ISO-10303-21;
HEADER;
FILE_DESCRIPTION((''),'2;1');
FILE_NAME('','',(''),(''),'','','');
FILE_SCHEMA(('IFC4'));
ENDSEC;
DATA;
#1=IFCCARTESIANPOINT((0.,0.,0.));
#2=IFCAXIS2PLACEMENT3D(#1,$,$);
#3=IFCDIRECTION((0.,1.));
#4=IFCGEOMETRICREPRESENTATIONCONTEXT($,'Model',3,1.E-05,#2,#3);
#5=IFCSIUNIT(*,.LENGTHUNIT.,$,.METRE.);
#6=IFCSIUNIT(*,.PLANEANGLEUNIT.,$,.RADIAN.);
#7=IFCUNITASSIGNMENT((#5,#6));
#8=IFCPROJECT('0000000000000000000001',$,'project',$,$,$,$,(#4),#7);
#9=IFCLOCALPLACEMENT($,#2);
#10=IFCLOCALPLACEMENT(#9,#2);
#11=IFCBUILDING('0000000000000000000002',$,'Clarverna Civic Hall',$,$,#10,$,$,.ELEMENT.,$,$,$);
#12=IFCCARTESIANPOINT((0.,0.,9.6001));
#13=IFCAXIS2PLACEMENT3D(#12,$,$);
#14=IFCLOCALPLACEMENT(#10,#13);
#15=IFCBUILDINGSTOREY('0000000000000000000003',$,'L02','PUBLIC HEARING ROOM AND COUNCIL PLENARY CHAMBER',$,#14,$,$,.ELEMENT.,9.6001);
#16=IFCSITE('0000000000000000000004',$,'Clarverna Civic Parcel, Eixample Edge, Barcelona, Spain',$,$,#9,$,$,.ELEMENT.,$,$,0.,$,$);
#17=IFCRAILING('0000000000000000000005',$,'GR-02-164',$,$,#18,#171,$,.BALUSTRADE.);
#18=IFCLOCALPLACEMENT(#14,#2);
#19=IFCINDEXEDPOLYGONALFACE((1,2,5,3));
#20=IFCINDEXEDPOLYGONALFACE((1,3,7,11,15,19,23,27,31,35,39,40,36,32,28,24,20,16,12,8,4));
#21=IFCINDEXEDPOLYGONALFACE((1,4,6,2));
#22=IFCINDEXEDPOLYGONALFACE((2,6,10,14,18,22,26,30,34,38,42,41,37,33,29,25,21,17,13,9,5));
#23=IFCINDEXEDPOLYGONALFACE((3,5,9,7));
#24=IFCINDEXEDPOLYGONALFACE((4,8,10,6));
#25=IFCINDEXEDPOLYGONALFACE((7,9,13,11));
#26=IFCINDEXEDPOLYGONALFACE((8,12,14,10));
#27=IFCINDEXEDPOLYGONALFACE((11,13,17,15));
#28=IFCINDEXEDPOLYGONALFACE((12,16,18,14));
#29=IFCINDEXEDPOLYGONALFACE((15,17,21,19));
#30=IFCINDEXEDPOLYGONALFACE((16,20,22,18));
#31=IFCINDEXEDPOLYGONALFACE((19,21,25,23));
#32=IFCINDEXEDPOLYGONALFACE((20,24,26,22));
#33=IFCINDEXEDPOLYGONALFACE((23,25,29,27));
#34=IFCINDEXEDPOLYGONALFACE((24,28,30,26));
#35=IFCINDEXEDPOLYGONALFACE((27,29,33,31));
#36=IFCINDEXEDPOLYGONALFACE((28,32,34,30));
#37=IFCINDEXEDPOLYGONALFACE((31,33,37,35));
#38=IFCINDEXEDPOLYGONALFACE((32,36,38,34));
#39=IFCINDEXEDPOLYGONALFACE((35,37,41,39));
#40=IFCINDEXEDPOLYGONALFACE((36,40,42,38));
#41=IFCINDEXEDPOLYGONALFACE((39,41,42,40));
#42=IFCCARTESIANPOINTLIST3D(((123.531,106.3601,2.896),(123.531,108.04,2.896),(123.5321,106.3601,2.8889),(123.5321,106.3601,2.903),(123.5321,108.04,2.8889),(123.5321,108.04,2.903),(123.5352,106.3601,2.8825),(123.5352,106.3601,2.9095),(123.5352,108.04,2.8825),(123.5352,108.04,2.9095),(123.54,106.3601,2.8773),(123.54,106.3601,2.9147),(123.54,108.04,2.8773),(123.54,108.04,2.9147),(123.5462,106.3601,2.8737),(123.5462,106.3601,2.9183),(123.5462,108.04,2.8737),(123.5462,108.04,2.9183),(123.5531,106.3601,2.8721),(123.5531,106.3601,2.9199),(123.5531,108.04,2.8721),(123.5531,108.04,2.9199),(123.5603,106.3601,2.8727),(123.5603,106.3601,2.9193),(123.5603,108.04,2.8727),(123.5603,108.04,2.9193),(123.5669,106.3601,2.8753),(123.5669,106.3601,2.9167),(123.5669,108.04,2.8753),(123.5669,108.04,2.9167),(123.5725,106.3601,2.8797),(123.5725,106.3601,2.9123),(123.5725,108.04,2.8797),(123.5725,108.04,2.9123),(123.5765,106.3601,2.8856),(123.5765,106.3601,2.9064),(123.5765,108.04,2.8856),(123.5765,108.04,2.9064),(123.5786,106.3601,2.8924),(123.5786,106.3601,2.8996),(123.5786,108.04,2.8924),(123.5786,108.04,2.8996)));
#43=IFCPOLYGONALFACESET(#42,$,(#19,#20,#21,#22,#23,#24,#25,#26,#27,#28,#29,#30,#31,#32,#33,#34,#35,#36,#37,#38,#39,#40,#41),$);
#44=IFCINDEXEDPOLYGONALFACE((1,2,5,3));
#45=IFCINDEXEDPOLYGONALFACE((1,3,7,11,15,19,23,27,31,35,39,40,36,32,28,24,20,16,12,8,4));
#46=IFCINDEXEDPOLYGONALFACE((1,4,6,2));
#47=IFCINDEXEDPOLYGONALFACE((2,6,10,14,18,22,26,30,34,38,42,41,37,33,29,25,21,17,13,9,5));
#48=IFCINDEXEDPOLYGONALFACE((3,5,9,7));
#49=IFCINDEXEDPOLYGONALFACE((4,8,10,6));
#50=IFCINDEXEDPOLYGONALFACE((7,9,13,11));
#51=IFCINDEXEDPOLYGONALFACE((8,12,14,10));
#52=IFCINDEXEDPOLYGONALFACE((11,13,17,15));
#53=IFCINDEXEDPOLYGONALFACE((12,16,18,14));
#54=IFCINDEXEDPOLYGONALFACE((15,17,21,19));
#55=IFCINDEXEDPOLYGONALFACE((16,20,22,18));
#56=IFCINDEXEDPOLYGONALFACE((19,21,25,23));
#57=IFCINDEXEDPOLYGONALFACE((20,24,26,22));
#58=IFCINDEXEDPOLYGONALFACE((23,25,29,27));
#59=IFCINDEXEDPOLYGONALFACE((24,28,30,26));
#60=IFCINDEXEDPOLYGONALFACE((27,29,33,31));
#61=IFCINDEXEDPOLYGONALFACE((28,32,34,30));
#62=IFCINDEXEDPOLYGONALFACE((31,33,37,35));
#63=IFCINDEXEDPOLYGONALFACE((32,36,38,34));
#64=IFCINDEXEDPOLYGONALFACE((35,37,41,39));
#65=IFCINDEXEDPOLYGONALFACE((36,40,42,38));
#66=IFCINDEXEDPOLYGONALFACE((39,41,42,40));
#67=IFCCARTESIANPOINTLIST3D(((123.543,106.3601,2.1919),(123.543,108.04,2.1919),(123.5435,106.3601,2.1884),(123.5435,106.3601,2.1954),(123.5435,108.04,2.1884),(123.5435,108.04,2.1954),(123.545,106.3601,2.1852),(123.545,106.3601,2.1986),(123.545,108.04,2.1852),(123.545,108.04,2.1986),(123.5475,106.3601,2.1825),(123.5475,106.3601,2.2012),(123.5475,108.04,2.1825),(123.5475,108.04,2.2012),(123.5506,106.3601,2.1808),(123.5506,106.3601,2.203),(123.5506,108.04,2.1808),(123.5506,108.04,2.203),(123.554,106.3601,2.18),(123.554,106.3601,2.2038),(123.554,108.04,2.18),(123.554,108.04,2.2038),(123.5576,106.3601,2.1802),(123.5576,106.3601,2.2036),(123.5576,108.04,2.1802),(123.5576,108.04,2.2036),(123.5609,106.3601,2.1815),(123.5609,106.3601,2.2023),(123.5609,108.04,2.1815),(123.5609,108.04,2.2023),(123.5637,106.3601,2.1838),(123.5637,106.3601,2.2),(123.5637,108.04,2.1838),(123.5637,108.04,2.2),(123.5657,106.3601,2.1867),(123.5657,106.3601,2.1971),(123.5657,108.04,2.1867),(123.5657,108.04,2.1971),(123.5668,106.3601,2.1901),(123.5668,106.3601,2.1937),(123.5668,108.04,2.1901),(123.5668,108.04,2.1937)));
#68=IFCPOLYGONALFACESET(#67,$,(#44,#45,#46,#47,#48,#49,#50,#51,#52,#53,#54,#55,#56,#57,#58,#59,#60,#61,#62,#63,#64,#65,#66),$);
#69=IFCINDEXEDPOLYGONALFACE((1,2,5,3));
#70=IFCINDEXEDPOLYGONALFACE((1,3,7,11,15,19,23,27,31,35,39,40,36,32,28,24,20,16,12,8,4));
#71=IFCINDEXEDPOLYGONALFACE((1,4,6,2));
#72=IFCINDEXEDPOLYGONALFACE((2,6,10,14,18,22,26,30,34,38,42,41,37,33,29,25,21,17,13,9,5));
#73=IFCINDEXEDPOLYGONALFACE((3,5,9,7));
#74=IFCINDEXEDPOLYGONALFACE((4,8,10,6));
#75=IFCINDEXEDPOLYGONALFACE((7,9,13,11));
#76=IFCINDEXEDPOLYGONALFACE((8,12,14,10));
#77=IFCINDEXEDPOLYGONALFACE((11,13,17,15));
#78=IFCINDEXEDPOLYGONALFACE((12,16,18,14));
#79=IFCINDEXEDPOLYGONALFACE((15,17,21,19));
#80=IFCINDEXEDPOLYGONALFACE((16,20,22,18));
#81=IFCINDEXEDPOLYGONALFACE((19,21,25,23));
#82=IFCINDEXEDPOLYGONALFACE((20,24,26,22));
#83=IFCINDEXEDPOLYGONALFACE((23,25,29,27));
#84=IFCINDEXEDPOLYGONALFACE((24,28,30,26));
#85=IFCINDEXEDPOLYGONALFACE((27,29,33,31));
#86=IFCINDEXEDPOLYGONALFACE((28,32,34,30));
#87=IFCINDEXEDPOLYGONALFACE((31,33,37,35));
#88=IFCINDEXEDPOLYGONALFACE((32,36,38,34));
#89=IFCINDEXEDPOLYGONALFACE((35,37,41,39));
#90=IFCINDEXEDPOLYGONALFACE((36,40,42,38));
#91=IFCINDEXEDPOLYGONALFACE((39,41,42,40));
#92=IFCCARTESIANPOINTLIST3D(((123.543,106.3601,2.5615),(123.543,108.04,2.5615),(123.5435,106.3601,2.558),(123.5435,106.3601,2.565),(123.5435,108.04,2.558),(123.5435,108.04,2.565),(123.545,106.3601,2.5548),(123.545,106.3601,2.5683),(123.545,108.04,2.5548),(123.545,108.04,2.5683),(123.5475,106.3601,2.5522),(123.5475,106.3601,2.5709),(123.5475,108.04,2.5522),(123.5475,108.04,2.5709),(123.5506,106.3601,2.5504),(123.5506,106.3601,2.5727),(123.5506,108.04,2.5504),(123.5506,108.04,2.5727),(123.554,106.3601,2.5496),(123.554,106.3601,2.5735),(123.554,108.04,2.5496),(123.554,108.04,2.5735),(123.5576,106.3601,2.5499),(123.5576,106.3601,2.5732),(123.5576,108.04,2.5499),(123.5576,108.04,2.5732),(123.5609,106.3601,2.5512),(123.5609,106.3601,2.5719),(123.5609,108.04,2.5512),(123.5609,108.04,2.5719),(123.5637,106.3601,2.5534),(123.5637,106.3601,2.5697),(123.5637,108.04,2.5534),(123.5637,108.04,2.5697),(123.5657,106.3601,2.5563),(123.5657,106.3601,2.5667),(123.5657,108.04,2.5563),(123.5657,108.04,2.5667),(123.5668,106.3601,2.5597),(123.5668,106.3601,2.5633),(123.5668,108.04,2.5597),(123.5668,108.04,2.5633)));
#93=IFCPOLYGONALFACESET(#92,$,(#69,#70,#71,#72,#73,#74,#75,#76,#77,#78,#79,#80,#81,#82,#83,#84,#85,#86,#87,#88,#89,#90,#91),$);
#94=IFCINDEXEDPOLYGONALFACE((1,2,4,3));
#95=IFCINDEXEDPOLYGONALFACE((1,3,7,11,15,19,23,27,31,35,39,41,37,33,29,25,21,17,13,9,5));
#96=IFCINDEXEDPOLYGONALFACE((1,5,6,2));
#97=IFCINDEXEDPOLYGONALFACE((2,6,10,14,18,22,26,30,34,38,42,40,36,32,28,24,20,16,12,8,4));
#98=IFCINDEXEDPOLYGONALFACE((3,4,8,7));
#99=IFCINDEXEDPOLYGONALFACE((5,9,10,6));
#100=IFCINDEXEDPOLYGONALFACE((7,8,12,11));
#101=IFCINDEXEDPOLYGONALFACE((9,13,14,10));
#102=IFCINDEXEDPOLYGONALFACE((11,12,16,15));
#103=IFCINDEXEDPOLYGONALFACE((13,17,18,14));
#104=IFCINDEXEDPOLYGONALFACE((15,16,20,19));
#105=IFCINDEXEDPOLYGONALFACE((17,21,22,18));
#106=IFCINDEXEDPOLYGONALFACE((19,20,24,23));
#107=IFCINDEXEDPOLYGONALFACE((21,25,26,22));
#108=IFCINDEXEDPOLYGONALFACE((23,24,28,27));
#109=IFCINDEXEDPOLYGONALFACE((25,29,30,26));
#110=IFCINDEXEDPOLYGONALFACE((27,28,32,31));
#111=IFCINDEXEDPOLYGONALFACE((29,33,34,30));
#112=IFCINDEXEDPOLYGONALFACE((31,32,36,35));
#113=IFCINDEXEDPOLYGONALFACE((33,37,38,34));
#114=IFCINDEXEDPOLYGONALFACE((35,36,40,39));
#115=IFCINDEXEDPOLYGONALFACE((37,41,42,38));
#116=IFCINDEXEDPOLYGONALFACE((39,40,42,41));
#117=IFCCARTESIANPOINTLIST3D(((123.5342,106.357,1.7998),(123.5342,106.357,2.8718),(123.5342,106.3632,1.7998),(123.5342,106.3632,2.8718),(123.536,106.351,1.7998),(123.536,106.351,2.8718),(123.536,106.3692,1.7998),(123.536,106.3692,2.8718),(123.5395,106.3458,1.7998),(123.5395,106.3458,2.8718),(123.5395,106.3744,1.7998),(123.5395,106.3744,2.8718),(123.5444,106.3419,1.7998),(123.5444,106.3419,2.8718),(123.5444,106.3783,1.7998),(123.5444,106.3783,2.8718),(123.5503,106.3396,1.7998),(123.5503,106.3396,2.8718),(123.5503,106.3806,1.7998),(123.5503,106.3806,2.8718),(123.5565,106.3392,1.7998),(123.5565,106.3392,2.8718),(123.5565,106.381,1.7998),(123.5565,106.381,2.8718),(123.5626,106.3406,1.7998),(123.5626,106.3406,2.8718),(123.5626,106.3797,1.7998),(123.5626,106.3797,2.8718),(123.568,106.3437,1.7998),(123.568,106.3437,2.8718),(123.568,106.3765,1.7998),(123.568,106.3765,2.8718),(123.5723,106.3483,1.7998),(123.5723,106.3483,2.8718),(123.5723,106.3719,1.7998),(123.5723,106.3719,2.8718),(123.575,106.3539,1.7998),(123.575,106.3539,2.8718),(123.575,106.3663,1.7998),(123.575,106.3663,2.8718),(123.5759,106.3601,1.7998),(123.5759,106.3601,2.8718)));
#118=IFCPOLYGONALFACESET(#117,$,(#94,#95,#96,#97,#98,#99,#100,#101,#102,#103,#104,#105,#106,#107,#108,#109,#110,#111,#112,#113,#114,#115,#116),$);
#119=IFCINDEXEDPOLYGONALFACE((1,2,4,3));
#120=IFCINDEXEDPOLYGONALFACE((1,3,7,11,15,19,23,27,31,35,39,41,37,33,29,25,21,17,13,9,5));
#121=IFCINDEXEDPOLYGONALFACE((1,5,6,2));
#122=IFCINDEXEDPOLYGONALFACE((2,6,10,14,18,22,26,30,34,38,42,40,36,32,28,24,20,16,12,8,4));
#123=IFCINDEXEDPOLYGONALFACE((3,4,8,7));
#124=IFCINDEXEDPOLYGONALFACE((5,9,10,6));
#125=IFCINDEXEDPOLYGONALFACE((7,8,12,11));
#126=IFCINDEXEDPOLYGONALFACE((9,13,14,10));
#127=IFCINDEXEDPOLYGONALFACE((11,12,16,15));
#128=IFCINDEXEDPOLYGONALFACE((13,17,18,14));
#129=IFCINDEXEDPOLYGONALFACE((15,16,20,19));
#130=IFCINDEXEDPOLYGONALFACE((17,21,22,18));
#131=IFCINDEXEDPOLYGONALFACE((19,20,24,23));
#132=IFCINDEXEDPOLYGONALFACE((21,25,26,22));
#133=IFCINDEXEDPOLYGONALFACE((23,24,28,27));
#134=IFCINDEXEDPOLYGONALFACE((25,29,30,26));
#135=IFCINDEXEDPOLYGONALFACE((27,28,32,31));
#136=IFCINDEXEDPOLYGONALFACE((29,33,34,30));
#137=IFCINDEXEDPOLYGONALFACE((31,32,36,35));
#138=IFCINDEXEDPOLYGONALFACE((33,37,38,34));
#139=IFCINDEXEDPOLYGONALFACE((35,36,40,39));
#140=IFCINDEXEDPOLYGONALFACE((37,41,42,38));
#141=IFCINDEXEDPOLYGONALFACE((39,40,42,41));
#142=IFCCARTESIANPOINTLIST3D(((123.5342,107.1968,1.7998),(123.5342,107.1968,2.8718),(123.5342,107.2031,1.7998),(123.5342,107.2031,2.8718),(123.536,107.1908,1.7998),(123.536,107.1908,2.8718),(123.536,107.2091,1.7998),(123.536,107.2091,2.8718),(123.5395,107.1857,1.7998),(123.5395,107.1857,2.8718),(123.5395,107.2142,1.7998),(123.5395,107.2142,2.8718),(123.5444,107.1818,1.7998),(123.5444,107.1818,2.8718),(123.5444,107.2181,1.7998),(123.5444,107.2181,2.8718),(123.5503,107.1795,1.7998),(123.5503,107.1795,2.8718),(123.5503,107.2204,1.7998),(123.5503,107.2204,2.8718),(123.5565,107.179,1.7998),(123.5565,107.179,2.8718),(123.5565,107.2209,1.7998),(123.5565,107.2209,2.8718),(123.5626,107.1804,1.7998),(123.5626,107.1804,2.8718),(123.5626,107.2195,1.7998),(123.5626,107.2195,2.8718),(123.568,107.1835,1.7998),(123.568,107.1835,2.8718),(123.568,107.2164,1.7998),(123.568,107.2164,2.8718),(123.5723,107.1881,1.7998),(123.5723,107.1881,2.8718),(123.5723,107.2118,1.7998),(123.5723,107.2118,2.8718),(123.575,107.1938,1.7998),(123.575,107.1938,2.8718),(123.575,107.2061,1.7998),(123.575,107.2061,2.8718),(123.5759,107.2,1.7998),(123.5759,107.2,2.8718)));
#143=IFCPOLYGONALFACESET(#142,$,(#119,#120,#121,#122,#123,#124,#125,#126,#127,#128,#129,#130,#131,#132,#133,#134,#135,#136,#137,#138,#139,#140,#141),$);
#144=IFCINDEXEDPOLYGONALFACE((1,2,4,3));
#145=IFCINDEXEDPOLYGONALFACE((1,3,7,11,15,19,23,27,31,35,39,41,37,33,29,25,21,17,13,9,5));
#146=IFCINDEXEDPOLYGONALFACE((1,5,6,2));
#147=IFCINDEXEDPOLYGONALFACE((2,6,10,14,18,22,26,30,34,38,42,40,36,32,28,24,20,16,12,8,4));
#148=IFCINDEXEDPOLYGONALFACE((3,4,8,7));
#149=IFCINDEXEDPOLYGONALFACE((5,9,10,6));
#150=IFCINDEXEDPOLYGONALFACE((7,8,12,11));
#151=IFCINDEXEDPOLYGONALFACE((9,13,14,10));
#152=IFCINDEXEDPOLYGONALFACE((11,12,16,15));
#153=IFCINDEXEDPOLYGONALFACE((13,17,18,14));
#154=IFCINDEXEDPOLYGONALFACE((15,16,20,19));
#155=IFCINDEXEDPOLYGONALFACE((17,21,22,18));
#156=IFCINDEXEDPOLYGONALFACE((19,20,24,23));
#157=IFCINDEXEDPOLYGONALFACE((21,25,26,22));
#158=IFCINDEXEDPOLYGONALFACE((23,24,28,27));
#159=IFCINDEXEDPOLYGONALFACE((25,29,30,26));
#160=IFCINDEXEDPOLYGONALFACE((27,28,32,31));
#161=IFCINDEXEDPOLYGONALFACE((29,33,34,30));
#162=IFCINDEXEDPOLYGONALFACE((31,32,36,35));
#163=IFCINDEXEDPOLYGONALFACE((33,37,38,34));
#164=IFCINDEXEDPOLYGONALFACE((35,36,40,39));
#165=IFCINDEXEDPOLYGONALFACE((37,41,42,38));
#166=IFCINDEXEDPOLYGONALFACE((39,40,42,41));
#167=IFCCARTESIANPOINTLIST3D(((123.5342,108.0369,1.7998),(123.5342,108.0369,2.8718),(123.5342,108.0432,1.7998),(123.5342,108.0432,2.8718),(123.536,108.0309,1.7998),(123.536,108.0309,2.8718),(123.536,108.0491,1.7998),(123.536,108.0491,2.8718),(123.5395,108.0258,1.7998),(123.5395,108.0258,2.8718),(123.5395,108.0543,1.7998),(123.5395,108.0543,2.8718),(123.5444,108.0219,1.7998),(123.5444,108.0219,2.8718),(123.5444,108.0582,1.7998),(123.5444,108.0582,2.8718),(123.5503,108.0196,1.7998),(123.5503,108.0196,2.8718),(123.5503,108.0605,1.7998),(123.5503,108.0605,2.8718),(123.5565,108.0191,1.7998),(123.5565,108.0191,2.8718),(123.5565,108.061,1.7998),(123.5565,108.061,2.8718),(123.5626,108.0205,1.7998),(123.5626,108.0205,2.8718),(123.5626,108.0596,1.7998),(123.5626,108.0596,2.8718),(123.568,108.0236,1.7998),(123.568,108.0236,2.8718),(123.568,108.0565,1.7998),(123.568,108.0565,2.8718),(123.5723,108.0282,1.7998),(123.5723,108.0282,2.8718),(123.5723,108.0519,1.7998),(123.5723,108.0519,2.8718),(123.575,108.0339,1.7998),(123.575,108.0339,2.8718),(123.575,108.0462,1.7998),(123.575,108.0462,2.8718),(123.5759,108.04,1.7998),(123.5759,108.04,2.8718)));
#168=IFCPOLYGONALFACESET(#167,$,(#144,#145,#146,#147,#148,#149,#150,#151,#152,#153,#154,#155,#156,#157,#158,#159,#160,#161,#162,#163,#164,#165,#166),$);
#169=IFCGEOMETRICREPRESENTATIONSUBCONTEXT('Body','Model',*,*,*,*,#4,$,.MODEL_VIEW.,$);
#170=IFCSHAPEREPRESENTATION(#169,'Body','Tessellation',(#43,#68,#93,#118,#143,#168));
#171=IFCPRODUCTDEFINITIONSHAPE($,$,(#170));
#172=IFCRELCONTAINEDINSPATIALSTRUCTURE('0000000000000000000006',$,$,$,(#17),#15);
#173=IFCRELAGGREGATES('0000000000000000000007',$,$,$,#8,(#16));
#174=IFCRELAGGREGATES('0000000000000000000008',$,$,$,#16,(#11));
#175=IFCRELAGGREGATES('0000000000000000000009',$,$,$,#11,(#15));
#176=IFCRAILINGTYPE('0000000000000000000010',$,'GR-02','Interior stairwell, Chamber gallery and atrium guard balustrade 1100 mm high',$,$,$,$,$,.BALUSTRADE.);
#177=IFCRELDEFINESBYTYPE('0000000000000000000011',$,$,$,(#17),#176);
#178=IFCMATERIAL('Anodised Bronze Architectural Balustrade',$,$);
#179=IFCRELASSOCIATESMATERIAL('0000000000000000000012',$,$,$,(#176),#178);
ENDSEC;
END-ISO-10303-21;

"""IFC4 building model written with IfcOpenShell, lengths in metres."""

from ifc_helpers import new_model, si_unit, direction, frame, origin, origin_2d, place, context, subcontext, project, spatial, circle, extrude, material, type_object, element, save


model = new_model("IFC4")

# Units and contexts
model_context = context("Model", 3, precision=1e-05, world=origin(), true_north=direction((0.0, 1.0)))
body_context = subcontext(model_context, "Body", "Model", "MODEL_VIEW")
ifc_project = project(units=[si_unit("LENGTHUNIT", "METRE"), si_unit("PLANEANGLEUNIT", "RADIAN")], contexts=[model_context])

# Site, building, storey
site_placement = place(None, origin())
site = spatial("IfcSite", under=ifc_project, at=site_placement, Name="Clarverna Civic Parcel, Eixample Edge, Barcelona, Spain", CompositionType="ELEMENT", RefElevation=0.0)
building_placement = place(site_placement, origin())
building = spatial("IfcBuilding", under=site, at=building_placement, Name="Clarverna Civic Hall", CompositionType="ELEMENT")
storey_placement = place(building_placement, frame((0.0, 0.0, 9.6001)))
storey = spatial("IfcBuildingStorey", under=building, at=storey_placement, Name="L02", Description="PUBLIC HEARING ROOM AND COUNCIL PLENARY CHAMBER", CompositionType="ELEMENT", Elevation=9.6001)

# Railing
ifc_material_1 = material(Name="Anodised Bronze Architectural Balustrade")
railing_type_1 = type_object("IfcRailingType", Name="GR-02", Description="Interior stairwell, Chamber gallery and atrium guard balustrade 1100 mm high", PredefinedType="BALUSTRADE", material=ifc_material_1)
railing_1_placement = place(storey_placement, frame((123.5549, 106.3601, 1.7998)))
element("IfcRailing", 1, at=railing_1_placement, inside=storey, type_object=railing_type_1, Name="GR-02-164", PredefinedType="BALUSTRADE", context=body_context, shape_type="SweptSolid", body=[
    extrude(circle(Radius=0.0239, at=origin_2d()), frame((0.0, 0.0, 1.0962), z_axis=(0.0, 1.0, 0.0), x_axis=(-1.0, 0.0, 0.0)), (0.0, 0.0, 1.0), 1.6799),
    extrude(circle(Radius=0.012, at=origin_2d()), frame((0.0, 0.0, 0.3921), z_axis=(0.0, 1.0, 0.0), x_axis=(-1.0, 0.0, 0.0)), (0.0, 0.0, 1.0), 1.6799),
    extrude(circle(Radius=0.012, at=origin_2d()), frame((0.0, 0.0, 0.7617), z_axis=(0.0, 1.0, 0.0), x_axis=(-1.0, 0.0, 0.0)), (0.0, 0.0, 1.0), 1.6799),
    extrude(circle(Radius=0.021, at=origin_2d()), origin(), (0.0, 0.0, 1.0), 1.072),
    extrude(circle(Radius=0.021, at=origin_2d()), frame((0.0, 0.8398, 0.0)), (0.0, 0.0, 1.0), 1.072),
    extrude(circle(Radius=0.021, at=origin_2d()), frame((0.0, 1.6799, 0.0)), (0.0, 0.0, 1.0), 1.072),
])

save(model, "model.ifc")
